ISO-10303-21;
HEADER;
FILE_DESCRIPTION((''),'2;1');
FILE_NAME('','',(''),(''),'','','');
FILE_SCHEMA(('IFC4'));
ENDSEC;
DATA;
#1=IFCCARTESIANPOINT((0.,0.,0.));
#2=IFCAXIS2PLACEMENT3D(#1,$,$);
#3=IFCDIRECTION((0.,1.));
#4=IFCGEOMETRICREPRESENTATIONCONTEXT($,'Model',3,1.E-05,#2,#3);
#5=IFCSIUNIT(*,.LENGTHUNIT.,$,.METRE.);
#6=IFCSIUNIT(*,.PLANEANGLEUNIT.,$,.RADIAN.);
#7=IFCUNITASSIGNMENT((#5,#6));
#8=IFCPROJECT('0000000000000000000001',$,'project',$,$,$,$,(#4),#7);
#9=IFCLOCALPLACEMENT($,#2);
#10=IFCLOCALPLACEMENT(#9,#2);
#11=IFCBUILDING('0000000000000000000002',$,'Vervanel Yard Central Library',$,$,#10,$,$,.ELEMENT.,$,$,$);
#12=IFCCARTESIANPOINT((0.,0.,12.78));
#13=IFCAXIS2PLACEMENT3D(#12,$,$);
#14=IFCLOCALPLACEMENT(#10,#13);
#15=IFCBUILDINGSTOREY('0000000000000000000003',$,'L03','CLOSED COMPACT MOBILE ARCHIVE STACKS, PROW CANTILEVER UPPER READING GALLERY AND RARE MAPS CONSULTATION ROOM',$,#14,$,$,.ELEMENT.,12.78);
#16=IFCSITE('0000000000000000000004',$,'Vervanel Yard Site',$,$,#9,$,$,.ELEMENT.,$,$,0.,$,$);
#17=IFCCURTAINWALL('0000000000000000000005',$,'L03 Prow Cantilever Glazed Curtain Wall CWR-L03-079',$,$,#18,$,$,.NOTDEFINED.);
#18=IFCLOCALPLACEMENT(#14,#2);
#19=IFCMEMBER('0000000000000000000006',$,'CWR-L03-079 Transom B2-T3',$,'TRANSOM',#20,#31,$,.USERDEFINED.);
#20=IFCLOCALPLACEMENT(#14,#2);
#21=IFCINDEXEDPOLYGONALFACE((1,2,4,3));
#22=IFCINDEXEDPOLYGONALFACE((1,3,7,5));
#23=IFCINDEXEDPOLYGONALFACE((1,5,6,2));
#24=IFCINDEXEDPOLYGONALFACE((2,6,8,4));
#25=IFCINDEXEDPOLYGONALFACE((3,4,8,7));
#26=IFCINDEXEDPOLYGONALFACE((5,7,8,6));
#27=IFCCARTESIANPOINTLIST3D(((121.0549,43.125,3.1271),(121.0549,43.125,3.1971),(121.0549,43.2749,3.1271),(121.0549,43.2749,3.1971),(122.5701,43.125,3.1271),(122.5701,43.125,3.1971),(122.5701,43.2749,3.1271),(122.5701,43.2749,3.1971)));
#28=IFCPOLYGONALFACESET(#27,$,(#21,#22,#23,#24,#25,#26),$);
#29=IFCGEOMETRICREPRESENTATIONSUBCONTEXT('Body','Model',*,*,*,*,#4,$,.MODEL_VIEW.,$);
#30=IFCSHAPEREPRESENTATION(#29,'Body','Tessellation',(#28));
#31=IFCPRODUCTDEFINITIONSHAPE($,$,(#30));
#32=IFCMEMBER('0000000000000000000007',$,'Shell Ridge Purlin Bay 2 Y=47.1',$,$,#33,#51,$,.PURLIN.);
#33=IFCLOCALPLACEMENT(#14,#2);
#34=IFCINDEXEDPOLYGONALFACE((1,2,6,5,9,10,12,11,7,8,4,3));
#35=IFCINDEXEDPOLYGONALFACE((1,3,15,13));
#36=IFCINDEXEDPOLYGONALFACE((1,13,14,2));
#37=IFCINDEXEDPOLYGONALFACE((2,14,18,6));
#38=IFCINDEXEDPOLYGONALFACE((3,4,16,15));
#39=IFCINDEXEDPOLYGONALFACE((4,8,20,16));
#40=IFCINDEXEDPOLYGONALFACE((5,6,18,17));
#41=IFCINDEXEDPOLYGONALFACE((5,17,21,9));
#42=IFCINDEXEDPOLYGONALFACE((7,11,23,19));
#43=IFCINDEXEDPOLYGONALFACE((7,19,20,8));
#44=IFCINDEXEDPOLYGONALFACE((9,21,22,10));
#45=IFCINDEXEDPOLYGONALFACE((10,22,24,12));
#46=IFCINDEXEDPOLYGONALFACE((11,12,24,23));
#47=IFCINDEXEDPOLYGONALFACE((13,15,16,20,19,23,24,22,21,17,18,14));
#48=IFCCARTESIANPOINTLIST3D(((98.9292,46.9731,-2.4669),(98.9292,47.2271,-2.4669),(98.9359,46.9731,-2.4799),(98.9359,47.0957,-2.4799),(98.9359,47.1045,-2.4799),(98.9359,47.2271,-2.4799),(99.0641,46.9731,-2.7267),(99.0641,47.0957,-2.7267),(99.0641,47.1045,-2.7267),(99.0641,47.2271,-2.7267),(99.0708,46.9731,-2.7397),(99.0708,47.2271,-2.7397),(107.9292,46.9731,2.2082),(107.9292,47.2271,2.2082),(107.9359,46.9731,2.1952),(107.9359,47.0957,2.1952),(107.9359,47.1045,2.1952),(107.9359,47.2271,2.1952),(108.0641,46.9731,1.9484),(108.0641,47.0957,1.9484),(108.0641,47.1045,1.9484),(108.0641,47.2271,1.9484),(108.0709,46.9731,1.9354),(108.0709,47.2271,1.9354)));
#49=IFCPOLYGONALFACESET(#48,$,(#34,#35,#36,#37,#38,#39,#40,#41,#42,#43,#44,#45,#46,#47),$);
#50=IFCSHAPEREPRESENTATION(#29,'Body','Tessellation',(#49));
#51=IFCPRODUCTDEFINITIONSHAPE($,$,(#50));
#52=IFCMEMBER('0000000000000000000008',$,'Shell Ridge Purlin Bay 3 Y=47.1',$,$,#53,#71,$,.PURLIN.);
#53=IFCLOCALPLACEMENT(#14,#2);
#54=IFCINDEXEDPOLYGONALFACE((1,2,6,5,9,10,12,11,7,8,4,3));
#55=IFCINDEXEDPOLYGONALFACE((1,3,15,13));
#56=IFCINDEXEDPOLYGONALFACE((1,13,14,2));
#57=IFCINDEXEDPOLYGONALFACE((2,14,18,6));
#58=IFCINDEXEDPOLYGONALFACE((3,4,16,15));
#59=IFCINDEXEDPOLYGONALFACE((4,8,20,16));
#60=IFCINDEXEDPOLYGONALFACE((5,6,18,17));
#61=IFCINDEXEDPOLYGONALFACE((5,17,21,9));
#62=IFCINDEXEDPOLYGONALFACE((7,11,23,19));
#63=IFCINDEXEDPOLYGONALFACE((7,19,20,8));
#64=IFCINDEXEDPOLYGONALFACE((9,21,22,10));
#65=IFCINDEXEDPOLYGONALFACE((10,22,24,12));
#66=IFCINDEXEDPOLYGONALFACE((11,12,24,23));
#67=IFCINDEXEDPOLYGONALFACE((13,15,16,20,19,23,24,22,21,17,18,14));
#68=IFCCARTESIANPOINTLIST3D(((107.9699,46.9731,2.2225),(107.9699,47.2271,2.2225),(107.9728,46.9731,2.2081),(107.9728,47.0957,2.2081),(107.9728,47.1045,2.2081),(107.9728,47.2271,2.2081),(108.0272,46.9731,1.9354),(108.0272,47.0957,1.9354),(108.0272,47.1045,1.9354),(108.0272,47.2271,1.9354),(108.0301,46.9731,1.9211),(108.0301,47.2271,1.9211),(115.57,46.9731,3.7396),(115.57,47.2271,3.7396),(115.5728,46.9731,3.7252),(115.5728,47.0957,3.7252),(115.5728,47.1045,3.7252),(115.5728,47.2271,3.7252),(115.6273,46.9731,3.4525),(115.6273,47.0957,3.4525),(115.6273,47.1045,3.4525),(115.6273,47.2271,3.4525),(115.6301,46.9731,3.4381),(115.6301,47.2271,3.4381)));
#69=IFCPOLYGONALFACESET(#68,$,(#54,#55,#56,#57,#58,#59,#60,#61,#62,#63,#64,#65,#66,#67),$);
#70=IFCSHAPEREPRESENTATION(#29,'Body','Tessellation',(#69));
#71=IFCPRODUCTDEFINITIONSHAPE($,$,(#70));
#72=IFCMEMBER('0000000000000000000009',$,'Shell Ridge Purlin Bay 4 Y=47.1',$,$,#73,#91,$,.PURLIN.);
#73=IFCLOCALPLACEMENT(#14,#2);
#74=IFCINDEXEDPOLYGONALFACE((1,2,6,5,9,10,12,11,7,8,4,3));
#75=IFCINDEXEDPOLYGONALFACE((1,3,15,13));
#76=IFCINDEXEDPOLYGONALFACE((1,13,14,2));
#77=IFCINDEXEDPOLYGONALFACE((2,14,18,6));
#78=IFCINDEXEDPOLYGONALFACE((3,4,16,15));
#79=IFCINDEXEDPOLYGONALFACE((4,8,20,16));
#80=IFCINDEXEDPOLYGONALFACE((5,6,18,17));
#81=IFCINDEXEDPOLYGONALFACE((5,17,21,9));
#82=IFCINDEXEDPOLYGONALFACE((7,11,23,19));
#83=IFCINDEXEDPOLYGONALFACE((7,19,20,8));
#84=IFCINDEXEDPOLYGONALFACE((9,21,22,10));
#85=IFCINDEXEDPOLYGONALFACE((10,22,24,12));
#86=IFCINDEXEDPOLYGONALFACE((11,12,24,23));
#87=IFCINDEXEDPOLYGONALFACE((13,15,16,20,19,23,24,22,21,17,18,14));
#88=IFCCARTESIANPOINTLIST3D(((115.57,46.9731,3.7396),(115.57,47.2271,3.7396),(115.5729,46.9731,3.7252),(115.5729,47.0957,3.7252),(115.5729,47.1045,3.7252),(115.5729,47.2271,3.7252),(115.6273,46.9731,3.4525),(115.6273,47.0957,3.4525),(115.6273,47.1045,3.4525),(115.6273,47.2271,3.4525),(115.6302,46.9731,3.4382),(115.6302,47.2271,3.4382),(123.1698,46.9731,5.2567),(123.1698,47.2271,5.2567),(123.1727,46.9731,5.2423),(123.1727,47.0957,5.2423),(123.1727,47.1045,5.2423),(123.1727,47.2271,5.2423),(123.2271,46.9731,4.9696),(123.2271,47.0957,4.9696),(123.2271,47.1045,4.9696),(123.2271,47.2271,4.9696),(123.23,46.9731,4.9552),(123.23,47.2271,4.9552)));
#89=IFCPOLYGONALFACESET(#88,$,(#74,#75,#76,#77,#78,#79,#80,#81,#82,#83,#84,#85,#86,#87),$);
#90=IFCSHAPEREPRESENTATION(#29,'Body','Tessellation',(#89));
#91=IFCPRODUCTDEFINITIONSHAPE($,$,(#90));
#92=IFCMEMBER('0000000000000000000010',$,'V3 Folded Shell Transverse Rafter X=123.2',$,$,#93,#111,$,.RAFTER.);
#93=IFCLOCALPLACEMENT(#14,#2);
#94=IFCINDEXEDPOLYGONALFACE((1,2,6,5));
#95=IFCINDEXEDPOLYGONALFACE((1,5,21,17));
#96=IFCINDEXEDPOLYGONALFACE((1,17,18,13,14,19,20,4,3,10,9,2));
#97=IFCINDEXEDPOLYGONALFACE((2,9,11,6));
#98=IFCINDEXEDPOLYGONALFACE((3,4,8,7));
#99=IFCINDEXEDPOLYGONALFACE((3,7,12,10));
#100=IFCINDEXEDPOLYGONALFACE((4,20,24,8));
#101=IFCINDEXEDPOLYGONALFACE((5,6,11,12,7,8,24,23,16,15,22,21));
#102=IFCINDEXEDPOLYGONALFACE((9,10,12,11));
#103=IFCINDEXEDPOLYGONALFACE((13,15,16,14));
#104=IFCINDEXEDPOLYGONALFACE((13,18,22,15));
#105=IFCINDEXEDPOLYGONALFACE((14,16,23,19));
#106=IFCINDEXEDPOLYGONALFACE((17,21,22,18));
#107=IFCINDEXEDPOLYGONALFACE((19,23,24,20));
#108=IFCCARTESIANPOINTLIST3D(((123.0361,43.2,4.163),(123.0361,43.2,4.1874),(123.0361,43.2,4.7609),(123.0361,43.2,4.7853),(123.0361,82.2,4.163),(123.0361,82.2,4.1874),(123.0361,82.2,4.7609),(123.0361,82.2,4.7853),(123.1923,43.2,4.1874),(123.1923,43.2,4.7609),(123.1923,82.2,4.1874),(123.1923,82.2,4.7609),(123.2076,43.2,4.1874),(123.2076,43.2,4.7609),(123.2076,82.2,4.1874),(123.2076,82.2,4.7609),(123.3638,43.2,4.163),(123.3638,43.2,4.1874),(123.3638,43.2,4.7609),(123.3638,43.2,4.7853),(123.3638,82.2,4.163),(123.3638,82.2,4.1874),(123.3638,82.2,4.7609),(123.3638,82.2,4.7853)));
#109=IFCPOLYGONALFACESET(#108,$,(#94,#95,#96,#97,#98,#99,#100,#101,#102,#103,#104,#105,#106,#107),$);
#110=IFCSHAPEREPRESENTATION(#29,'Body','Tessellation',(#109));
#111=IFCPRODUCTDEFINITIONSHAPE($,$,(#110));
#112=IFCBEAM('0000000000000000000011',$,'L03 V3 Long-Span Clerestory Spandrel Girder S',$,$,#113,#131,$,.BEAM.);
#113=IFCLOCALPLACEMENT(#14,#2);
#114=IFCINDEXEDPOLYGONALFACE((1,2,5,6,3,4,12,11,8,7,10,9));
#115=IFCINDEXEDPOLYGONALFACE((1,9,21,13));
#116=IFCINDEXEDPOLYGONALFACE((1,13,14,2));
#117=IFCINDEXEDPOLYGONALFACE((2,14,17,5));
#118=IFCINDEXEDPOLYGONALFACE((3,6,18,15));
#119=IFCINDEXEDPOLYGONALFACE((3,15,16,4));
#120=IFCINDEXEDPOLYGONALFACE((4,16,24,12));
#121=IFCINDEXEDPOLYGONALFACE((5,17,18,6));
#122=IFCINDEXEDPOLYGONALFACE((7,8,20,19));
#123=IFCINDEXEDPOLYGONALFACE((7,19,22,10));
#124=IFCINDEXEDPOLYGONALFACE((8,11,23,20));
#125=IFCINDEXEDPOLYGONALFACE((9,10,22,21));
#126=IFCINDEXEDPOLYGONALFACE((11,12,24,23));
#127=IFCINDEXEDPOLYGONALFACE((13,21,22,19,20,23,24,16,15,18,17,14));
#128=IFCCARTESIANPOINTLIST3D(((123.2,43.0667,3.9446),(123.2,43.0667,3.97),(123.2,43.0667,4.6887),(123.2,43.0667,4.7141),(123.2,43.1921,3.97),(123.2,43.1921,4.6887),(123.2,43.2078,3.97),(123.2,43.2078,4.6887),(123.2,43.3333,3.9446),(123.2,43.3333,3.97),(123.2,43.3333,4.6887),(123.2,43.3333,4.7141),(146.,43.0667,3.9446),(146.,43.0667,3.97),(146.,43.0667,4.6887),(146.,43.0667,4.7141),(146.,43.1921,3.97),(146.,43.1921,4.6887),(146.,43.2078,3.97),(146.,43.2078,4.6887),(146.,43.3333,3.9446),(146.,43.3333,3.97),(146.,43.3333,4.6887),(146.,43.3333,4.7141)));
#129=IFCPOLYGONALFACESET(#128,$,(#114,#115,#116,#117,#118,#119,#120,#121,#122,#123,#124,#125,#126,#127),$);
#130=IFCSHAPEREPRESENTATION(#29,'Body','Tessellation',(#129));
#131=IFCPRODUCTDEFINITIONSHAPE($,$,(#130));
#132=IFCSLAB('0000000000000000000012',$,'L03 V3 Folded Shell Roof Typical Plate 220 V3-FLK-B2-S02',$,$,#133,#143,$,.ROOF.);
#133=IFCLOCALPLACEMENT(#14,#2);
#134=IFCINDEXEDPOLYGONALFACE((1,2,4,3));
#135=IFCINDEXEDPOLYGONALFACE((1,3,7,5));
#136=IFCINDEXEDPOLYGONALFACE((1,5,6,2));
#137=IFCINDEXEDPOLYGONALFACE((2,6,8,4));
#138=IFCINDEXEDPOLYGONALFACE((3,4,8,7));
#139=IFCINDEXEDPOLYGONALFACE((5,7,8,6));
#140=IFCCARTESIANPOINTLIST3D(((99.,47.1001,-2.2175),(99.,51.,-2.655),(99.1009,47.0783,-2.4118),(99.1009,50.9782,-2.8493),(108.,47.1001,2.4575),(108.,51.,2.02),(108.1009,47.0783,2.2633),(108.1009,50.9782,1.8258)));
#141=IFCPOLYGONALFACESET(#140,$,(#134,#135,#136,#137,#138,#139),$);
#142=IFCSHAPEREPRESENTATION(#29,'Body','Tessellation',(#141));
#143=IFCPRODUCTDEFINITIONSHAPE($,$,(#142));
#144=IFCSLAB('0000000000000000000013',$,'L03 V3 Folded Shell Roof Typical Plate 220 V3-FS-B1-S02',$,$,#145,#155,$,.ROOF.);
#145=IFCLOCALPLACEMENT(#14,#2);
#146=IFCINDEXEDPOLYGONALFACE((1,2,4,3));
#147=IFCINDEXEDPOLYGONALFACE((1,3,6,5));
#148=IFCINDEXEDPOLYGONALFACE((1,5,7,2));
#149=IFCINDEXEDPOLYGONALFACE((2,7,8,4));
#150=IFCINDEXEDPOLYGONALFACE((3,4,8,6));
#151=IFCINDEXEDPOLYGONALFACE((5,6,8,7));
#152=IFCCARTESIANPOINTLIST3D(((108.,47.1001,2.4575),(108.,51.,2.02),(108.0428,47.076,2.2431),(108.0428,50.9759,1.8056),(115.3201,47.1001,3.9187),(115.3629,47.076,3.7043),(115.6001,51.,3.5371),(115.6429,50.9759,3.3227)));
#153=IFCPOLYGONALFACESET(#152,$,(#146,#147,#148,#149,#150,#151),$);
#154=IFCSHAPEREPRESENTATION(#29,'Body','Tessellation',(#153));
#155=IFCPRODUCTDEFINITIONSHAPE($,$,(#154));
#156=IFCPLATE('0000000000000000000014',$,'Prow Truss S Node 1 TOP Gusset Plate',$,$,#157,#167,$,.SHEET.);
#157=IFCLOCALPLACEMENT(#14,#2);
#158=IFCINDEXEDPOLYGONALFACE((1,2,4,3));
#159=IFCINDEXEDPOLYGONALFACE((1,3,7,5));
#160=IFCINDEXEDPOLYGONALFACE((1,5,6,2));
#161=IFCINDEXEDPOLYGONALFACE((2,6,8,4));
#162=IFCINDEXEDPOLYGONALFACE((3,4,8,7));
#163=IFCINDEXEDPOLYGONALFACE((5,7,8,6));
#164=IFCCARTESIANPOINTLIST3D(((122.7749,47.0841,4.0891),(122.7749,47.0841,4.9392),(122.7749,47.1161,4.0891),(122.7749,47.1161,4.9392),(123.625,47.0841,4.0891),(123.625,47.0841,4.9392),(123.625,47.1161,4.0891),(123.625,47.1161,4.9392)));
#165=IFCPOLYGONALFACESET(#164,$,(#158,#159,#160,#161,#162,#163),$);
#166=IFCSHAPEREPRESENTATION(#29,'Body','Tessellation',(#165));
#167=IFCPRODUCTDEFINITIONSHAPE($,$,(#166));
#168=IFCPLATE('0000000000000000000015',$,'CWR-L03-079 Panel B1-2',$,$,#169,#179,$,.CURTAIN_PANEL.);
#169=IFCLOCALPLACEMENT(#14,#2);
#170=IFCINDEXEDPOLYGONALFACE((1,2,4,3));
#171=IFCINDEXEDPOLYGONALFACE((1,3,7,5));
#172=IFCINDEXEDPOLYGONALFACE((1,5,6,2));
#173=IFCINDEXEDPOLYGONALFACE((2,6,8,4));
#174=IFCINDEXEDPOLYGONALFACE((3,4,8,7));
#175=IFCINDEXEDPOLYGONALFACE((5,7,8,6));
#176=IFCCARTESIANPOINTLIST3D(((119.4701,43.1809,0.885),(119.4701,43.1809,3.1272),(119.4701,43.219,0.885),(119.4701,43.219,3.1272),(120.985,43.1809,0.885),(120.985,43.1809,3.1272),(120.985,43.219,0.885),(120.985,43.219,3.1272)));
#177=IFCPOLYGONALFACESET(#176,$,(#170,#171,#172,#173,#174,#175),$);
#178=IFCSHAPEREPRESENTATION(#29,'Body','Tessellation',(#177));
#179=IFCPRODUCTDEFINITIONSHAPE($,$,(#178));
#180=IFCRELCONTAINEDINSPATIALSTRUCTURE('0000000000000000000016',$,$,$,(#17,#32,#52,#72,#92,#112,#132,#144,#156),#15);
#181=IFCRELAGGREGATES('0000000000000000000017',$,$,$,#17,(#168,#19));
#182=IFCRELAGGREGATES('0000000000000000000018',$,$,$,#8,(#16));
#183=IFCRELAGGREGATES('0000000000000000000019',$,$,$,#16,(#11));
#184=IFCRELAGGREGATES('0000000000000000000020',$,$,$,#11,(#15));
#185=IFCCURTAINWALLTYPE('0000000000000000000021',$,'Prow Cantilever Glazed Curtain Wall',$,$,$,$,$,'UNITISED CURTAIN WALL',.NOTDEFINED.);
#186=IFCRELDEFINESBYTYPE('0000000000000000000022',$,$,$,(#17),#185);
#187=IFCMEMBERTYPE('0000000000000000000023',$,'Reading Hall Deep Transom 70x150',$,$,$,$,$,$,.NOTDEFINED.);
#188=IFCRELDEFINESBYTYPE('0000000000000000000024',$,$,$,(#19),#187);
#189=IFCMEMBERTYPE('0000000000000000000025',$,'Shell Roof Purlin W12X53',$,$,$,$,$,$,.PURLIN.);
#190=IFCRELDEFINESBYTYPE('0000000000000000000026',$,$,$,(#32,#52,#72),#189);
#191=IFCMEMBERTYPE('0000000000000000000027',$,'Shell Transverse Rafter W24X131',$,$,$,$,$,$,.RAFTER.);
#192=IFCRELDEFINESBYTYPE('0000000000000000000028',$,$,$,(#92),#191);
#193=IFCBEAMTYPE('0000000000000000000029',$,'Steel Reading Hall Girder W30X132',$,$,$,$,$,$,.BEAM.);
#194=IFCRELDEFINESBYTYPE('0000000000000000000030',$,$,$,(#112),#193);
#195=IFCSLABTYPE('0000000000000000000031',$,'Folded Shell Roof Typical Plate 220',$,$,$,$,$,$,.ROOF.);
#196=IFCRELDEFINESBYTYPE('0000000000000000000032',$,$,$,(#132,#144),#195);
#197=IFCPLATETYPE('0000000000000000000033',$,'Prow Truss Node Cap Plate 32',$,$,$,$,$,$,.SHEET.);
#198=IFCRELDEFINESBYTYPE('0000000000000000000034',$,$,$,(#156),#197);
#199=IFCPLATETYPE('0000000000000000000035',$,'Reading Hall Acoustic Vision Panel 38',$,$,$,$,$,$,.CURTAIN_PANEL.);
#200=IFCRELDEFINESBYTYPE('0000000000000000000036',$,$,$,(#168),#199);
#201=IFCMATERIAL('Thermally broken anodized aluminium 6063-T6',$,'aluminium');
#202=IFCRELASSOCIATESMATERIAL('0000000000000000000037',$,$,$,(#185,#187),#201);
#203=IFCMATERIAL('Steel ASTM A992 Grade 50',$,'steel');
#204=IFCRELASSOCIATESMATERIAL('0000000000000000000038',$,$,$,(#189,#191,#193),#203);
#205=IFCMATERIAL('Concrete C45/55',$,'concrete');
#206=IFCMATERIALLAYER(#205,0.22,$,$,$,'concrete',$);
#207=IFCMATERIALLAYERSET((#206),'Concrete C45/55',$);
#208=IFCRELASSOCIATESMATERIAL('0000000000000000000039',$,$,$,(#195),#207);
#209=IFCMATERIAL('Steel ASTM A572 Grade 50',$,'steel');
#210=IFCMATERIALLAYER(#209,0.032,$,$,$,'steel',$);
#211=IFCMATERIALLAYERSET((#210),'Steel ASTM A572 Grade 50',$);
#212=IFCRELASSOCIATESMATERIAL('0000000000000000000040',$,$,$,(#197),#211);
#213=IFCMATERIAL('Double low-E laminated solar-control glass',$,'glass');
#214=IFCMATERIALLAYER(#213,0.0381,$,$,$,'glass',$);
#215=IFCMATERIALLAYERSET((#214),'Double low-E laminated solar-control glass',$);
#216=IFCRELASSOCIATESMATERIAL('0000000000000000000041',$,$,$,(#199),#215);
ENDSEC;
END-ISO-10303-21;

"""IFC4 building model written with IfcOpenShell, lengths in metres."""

from ifc_helpers import new_model, si_unit, direction, frame, origin, origin_2d, place, context, subcontext, project, spatial, polyline, rectangle, i_section, outline, extrude, material, layer, layer_set, material_profile, profile_set, type_object, element, aggregate, save


model = new_model("IFC4")

# Units and contexts
model_context = context("Model", 3, precision=1e-05, world=origin(), true_north=direction((0.0, 1.0)))
body_context = subcontext(model_context, "Body", "Model", "MODEL_VIEW")
ifc_project = project(units=[si_unit("LENGTHUNIT", "METRE"), si_unit("PLANEANGLEUNIT", "RADIAN")], contexts=[model_context])

# Site, building, storey
site_placement = place(None, origin())
site = spatial("IfcSite", under=ifc_project, at=site_placement, Name="Vervanel Yard Site", CompositionType="ELEMENT", RefElevation=0.0)
building_placement = place(site_placement, origin())
building = spatial("IfcBuilding", under=site, at=building_placement, Name="Vervanel Yard Central Library", CompositionType="ELEMENT")
storey_placement = place(building_placement, frame((0.0, 0.0, 12.78)))
storey = spatial("IfcBuildingStorey", under=building, at=storey_placement, Name="L03", Description="CLOSED COMPACT MOBILE ARCHIVE STACKS, PROW CANTILEVER UPPER READING GALLERY AND RARE MAPS CONSULTATION ROOM", CompositionType="ELEMENT", Elevation=12.78)

# Shared definitions
ifc_material_1 = material(Name="Steel ASTM A992 Grade 50", Category="steel")

# Curtain wall, member
ifc_material_2 = material(Name="Thermally broken anodized aluminium 6063-T6", Category="aluminium")
curtain_wall_type = type_object("IfcCurtainWallType", Name="Prow Cantilever Glazed Curtain Wall", ElementType="UNITISED CURTAIN WALL", PredefinedType="NOTDEFINED", material=ifc_material_2)
curtain_wall_placement = place(storey_placement, origin())
curtain_wall = element("IfcCurtainWall", 1, at=curtain_wall_placement, inside=storey, type_object=curtain_wall_type, Name="L03 Prow Cantilever Glazed Curtain Wall CWR-L03-079", PredefinedType="NOTDEFINED")
ifc_material_profile_1 = material_profile(ifc_material_2, rectangle(XDim=0.0701, YDim=0.1499, at=origin_2d()), Name="ALU 70x150", Category="aluminium")
ifc_profile_set_1 = profile_set([ifc_material_profile_1], Name="Thermally broken anodized aluminium 6063-T6")
member_type_1 = type_object("IfcMemberType", Name="Reading Hall Deep Transom 70x150", PredefinedType="NOTDEFINED", material=ifc_profile_set_1)
member_1_placement = place(storey_placement, frame((121.0549, 43.2, 3.1621), z_axis=(1.0, 0.0, 0.0), x_axis=(0.0, 0.0, 1.0)))
member_1 = element("IfcMember", 2, at=member_1_placement, type_object=member_type_1, Name="CWR-L03-079 Transom B2-T3", ObjectType="TRANSOM", PredefinedType="USERDEFINED", context=body_context, shape_type="SweptSolid", body=[
    extrude(rectangle(XDim=0.0701, YDim=0.1499, at=origin_2d()), origin(), (0.0, 0.0, 1.0), 1.5151),
])

# Members
ifc_material_profile_2 = material_profile(ifc_material_1, i_section(OverallWidth=0.2539, OverallDepth=0.3074, WebThickness=0.0088, FlangeThickness=0.0146, at=origin_2d()), Name="W12X53", Category="steel")
ifc_profile_set_2 = profile_set([ifc_material_profile_2], Name="Steel ASTM A992 Grade 50")
member_type_2 = type_object("IfcMemberType", Name="Shell Roof Purlin W12X53", PredefinedType="PURLIN", material=ifc_profile_set_2)
member_2_placement = place(storey_placement, frame((99.0, 47.1001, -2.6033), z_axis=(0.887417, 0.0, 0.460968), x_axis=(0.0, 1.0, 0.0)))
element("IfcMember", 3, at=member_2_placement, inside=storey, type_object=member_type_2, Name="Shell Ridge Purlin Bay 2 Y=47.1", PredefinedType="PURLIN", context=body_context, shape_type="SweptSolid", body=[
    extrude(i_section(OverallWidth=0.2539, OverallDepth=0.3074, WebThickness=0.0088, FlangeThickness=0.0146, at=origin_2d()), origin(), (0.0, 0.0, 1.0), 10.1418),
])
member_3_placement = place(storey_placement, frame((108.0, 47.1001, 2.0718), z_axis=(0.980653, 0.0, 0.195753), x_axis=(0.0, 1.0, 0.0)))
element("IfcMember", 4, at=member_3_placement, inside=storey, type_object=member_type_2, Name="Shell Ridge Purlin Bay 3 Y=47.1", PredefinedType="PURLIN", context=body_context, shape_type="SweptSolid", body=[
    extrude(i_section(OverallWidth=0.2539, OverallDepth=0.3074, WebThickness=0.0088, FlangeThickness=0.0146, at=origin_2d()), origin(), (0.0, 0.0, 1.0), 7.75),
])
member_4_placement = place(storey_placement, frame((115.6001, 47.1001, 3.5889), z_axis=(0.980652, 0.0, 0.195759), x_axis=(0.0, 1.0, 0.0)))
element("IfcMember", 5, at=member_4_placement, inside=storey, type_object=member_type_2, Name="Shell Ridge Purlin Bay 4 Y=47.1", PredefinedType="PURLIN", context=body_context, shape_type="SweptSolid", body=[
    extrude(i_section(OverallWidth=0.2539, OverallDepth=0.3074, WebThickness=0.0088, FlangeThickness=0.0146, at=origin_2d()), origin(), (0.0, 0.0, 1.0), 7.7498),
])
ifc_material_profile_3 = material_profile(ifc_material_1, i_section(OverallWidth=0.3276, OverallDepth=0.6223, WebThickness=0.0154, FlangeThickness=0.0244, at=origin_2d()), Name="W24X131", Category="steel")
ifc_profile_set_3 = profile_set([ifc_material_profile_3], Name="Steel ASTM A992 Grade 50")
member_type_3 = type_object("IfcMemberType", Name="Shell Transverse Rafter W24X131", PredefinedType="RAFTER", material=ifc_profile_set_3)
member_5_placement = place(storey_placement, frame((123.2, 43.2, 4.4741), z_axis=(0.0, 1.0, 0.0), x_axis=(-1.0, 0.0, 0.0)))
element("IfcMember", 6, at=member_5_placement, inside=storey, type_object=member_type_3, Name="V3 Folded Shell Transverse Rafter X=123.2", PredefinedType="RAFTER", context=body_context, shape_type="SweptSolid", body=[
    extrude(i_section(OverallWidth=0.3276, OverallDepth=0.6223, WebThickness=0.0154, FlangeThickness=0.0244, at=origin_2d()), origin(), (0.0, 0.0, 1.0), 39.0),
])

# Beam
ifc_material_profile_4 = material_profile(ifc_material_1, i_section(OverallWidth=0.2666, OverallDepth=0.7695, WebThickness=0.0156, FlangeThickness=0.0254, at=origin_2d()), Name="W30X132", Category="steel")
ifc_profile_set_4 = profile_set([ifc_material_profile_4], Name="Steel ASTM A992 Grade 50")
beam_type = type_object("IfcBeamType", Name="Steel Reading Hall Girder W30X132", PredefinedType="BEAM", material=ifc_profile_set_4)
beam_placement = place(storey_placement, frame((123.2, 43.2, 4.3293), z_axis=(1.0, 0.0, 0.0), x_axis=(0.0, 1.0, 0.0)))
element("IfcBeam", 7, at=beam_placement, inside=storey, type_object=beam_type, Name="L03 V3 Long-Span Clerestory Spandrel Girder S", PredefinedType="BEAM", context=body_context, shape_type="SweptSolid", body=[
    extrude(i_section(OverallWidth=0.2666, OverallDepth=0.7695, WebThickness=0.0156, FlangeThickness=0.0254, at=origin_2d()), origin(), (0.0, 0.0, 1.0), 22.8),
])

# Slabs
ifc_material_3 = material(Name="Concrete C45/55", Category="concrete")
ifc_layer_1 = layer(ifc_material_3, 0.22, Category="concrete")
ifc_layer_set_1 = layer_set([ifc_layer_1], Name="Concrete C45/55")
slab_type = type_object("IfcSlabType", Name="Folded Shell Roof Typical Plate 220", PredefinedType="ROOF", material=ifc_layer_set_1)
slab_1_placement = place(storey_placement, frame((99.0, 47.1001, -2.2175), z_axis=(-0.458701, 0.099063, 0.883052), x_axis=(0.887417, 0.0, 0.460968)))
element("IfcSlab", 8, at=slab_1_placement, inside=storey, type_object=slab_type, Name="L03 V3 Folded Shell Roof Typical Plate 220 V3-FLK-B2-S02", PredefinedType="ROOF", context=body_context, shape_type="SweptSolid", body=[
    extrude(outline(polyline([(0.0, 0.0), (10.1418, 0.0), (9.9401, 3.9192), (-0.2017, 3.9192), (0.0, 0.0)])), origin(), (0.0, 0.0, -1.0), 0.22),
])
slab_2_placement = place(storey_placement, frame((108.0, 47.1001, 2.4575), z_axis=(-0.194578, 0.109351, 0.974773), x_axis=(0.980653, 0.0, 0.195752)))
element("IfcSlab", 9, at=slab_2_placement, inside=storey, type_object=slab_type, Name="L03 V3 Folded Shell Roof Typical Plate 220 V3-FS-B1-S02", PredefinedType="ROOF", context=body_context, shape_type="SweptSolid", body=[
    extrude(outline(polyline([(0.0, 0.0), (7.4645, 0.0), (7.6644, 3.9234), (-0.0856, 3.9234), (0.0, 0.0)])), origin(), (0.0, 0.0, -1.0), 0.22),
])

# Plates
ifc_material_4 = material(Name="Steel ASTM A572 Grade 50", Category="steel")
ifc_layer_2 = layer(ifc_material_4, 0.032, Category="steel")
ifc_layer_set_2 = layer_set([ifc_layer_2], Name="Steel ASTM A572 Grade 50")
plate_type_1 = type_object("IfcPlateType", Name="Prow Truss Node Cap Plate 32", PredefinedType="SHEET", material=ifc_layer_set_2)
plate_1_placement = place(storey_placement, frame((123.2, 47.1001, 4.0891), z_axis=(0.0, 0.0, 1.0), x_axis=(1.0, 0.0, 0.0)))
element("IfcPlate", 10, at=plate_1_placement, inside=storey, type_object=plate_type_1, Name="Prow Truss S Node 1 TOP Gusset Plate", PredefinedType="SHEET", context=body_context, shape_type="SweptSolid", body=[
    extrude(rectangle(XDim=0.8501, YDim=0.032, at=origin_2d()), origin(), (0.0, 0.0, 1.0), 0.8501),
])
ifc_material_5 = material(Name="Double low-E laminated solar-control glass", Category="glass")
ifc_layer_3 = layer(ifc_material_5, 0.0381, Category="glass")
ifc_layer_set_3 = layer_set([ifc_layer_3], Name="Double low-E laminated solar-control glass")
plate_type_2 = type_object("IfcPlateType", Name="Reading Hall Acoustic Vision Panel 38", PredefinedType="CURTAIN_PANEL", material=ifc_layer_set_3)
plate_2_placement = place(storey_placement, frame((120.2275, 43.2, 0.885), z_axis=(0.0, 0.0, 1.0), x_axis=(1.0, 0.0, 0.0)))
plate_2 = element("IfcPlate", 11, at=plate_2_placement, type_object=plate_type_2, Name="CWR-L03-079 Panel B1-2", PredefinedType="CURTAIN_PANEL", context=body_context, shape_type="SweptSolid", body=[
    extrude(rectangle(XDim=1.5149, YDim=0.0381, at=origin_2d()), origin(), (0.0, 0.0, 1.0), 2.2422),
])
aggregate(curtain_wall, [plate_2, member_1])

save(model, "model.ifc")
